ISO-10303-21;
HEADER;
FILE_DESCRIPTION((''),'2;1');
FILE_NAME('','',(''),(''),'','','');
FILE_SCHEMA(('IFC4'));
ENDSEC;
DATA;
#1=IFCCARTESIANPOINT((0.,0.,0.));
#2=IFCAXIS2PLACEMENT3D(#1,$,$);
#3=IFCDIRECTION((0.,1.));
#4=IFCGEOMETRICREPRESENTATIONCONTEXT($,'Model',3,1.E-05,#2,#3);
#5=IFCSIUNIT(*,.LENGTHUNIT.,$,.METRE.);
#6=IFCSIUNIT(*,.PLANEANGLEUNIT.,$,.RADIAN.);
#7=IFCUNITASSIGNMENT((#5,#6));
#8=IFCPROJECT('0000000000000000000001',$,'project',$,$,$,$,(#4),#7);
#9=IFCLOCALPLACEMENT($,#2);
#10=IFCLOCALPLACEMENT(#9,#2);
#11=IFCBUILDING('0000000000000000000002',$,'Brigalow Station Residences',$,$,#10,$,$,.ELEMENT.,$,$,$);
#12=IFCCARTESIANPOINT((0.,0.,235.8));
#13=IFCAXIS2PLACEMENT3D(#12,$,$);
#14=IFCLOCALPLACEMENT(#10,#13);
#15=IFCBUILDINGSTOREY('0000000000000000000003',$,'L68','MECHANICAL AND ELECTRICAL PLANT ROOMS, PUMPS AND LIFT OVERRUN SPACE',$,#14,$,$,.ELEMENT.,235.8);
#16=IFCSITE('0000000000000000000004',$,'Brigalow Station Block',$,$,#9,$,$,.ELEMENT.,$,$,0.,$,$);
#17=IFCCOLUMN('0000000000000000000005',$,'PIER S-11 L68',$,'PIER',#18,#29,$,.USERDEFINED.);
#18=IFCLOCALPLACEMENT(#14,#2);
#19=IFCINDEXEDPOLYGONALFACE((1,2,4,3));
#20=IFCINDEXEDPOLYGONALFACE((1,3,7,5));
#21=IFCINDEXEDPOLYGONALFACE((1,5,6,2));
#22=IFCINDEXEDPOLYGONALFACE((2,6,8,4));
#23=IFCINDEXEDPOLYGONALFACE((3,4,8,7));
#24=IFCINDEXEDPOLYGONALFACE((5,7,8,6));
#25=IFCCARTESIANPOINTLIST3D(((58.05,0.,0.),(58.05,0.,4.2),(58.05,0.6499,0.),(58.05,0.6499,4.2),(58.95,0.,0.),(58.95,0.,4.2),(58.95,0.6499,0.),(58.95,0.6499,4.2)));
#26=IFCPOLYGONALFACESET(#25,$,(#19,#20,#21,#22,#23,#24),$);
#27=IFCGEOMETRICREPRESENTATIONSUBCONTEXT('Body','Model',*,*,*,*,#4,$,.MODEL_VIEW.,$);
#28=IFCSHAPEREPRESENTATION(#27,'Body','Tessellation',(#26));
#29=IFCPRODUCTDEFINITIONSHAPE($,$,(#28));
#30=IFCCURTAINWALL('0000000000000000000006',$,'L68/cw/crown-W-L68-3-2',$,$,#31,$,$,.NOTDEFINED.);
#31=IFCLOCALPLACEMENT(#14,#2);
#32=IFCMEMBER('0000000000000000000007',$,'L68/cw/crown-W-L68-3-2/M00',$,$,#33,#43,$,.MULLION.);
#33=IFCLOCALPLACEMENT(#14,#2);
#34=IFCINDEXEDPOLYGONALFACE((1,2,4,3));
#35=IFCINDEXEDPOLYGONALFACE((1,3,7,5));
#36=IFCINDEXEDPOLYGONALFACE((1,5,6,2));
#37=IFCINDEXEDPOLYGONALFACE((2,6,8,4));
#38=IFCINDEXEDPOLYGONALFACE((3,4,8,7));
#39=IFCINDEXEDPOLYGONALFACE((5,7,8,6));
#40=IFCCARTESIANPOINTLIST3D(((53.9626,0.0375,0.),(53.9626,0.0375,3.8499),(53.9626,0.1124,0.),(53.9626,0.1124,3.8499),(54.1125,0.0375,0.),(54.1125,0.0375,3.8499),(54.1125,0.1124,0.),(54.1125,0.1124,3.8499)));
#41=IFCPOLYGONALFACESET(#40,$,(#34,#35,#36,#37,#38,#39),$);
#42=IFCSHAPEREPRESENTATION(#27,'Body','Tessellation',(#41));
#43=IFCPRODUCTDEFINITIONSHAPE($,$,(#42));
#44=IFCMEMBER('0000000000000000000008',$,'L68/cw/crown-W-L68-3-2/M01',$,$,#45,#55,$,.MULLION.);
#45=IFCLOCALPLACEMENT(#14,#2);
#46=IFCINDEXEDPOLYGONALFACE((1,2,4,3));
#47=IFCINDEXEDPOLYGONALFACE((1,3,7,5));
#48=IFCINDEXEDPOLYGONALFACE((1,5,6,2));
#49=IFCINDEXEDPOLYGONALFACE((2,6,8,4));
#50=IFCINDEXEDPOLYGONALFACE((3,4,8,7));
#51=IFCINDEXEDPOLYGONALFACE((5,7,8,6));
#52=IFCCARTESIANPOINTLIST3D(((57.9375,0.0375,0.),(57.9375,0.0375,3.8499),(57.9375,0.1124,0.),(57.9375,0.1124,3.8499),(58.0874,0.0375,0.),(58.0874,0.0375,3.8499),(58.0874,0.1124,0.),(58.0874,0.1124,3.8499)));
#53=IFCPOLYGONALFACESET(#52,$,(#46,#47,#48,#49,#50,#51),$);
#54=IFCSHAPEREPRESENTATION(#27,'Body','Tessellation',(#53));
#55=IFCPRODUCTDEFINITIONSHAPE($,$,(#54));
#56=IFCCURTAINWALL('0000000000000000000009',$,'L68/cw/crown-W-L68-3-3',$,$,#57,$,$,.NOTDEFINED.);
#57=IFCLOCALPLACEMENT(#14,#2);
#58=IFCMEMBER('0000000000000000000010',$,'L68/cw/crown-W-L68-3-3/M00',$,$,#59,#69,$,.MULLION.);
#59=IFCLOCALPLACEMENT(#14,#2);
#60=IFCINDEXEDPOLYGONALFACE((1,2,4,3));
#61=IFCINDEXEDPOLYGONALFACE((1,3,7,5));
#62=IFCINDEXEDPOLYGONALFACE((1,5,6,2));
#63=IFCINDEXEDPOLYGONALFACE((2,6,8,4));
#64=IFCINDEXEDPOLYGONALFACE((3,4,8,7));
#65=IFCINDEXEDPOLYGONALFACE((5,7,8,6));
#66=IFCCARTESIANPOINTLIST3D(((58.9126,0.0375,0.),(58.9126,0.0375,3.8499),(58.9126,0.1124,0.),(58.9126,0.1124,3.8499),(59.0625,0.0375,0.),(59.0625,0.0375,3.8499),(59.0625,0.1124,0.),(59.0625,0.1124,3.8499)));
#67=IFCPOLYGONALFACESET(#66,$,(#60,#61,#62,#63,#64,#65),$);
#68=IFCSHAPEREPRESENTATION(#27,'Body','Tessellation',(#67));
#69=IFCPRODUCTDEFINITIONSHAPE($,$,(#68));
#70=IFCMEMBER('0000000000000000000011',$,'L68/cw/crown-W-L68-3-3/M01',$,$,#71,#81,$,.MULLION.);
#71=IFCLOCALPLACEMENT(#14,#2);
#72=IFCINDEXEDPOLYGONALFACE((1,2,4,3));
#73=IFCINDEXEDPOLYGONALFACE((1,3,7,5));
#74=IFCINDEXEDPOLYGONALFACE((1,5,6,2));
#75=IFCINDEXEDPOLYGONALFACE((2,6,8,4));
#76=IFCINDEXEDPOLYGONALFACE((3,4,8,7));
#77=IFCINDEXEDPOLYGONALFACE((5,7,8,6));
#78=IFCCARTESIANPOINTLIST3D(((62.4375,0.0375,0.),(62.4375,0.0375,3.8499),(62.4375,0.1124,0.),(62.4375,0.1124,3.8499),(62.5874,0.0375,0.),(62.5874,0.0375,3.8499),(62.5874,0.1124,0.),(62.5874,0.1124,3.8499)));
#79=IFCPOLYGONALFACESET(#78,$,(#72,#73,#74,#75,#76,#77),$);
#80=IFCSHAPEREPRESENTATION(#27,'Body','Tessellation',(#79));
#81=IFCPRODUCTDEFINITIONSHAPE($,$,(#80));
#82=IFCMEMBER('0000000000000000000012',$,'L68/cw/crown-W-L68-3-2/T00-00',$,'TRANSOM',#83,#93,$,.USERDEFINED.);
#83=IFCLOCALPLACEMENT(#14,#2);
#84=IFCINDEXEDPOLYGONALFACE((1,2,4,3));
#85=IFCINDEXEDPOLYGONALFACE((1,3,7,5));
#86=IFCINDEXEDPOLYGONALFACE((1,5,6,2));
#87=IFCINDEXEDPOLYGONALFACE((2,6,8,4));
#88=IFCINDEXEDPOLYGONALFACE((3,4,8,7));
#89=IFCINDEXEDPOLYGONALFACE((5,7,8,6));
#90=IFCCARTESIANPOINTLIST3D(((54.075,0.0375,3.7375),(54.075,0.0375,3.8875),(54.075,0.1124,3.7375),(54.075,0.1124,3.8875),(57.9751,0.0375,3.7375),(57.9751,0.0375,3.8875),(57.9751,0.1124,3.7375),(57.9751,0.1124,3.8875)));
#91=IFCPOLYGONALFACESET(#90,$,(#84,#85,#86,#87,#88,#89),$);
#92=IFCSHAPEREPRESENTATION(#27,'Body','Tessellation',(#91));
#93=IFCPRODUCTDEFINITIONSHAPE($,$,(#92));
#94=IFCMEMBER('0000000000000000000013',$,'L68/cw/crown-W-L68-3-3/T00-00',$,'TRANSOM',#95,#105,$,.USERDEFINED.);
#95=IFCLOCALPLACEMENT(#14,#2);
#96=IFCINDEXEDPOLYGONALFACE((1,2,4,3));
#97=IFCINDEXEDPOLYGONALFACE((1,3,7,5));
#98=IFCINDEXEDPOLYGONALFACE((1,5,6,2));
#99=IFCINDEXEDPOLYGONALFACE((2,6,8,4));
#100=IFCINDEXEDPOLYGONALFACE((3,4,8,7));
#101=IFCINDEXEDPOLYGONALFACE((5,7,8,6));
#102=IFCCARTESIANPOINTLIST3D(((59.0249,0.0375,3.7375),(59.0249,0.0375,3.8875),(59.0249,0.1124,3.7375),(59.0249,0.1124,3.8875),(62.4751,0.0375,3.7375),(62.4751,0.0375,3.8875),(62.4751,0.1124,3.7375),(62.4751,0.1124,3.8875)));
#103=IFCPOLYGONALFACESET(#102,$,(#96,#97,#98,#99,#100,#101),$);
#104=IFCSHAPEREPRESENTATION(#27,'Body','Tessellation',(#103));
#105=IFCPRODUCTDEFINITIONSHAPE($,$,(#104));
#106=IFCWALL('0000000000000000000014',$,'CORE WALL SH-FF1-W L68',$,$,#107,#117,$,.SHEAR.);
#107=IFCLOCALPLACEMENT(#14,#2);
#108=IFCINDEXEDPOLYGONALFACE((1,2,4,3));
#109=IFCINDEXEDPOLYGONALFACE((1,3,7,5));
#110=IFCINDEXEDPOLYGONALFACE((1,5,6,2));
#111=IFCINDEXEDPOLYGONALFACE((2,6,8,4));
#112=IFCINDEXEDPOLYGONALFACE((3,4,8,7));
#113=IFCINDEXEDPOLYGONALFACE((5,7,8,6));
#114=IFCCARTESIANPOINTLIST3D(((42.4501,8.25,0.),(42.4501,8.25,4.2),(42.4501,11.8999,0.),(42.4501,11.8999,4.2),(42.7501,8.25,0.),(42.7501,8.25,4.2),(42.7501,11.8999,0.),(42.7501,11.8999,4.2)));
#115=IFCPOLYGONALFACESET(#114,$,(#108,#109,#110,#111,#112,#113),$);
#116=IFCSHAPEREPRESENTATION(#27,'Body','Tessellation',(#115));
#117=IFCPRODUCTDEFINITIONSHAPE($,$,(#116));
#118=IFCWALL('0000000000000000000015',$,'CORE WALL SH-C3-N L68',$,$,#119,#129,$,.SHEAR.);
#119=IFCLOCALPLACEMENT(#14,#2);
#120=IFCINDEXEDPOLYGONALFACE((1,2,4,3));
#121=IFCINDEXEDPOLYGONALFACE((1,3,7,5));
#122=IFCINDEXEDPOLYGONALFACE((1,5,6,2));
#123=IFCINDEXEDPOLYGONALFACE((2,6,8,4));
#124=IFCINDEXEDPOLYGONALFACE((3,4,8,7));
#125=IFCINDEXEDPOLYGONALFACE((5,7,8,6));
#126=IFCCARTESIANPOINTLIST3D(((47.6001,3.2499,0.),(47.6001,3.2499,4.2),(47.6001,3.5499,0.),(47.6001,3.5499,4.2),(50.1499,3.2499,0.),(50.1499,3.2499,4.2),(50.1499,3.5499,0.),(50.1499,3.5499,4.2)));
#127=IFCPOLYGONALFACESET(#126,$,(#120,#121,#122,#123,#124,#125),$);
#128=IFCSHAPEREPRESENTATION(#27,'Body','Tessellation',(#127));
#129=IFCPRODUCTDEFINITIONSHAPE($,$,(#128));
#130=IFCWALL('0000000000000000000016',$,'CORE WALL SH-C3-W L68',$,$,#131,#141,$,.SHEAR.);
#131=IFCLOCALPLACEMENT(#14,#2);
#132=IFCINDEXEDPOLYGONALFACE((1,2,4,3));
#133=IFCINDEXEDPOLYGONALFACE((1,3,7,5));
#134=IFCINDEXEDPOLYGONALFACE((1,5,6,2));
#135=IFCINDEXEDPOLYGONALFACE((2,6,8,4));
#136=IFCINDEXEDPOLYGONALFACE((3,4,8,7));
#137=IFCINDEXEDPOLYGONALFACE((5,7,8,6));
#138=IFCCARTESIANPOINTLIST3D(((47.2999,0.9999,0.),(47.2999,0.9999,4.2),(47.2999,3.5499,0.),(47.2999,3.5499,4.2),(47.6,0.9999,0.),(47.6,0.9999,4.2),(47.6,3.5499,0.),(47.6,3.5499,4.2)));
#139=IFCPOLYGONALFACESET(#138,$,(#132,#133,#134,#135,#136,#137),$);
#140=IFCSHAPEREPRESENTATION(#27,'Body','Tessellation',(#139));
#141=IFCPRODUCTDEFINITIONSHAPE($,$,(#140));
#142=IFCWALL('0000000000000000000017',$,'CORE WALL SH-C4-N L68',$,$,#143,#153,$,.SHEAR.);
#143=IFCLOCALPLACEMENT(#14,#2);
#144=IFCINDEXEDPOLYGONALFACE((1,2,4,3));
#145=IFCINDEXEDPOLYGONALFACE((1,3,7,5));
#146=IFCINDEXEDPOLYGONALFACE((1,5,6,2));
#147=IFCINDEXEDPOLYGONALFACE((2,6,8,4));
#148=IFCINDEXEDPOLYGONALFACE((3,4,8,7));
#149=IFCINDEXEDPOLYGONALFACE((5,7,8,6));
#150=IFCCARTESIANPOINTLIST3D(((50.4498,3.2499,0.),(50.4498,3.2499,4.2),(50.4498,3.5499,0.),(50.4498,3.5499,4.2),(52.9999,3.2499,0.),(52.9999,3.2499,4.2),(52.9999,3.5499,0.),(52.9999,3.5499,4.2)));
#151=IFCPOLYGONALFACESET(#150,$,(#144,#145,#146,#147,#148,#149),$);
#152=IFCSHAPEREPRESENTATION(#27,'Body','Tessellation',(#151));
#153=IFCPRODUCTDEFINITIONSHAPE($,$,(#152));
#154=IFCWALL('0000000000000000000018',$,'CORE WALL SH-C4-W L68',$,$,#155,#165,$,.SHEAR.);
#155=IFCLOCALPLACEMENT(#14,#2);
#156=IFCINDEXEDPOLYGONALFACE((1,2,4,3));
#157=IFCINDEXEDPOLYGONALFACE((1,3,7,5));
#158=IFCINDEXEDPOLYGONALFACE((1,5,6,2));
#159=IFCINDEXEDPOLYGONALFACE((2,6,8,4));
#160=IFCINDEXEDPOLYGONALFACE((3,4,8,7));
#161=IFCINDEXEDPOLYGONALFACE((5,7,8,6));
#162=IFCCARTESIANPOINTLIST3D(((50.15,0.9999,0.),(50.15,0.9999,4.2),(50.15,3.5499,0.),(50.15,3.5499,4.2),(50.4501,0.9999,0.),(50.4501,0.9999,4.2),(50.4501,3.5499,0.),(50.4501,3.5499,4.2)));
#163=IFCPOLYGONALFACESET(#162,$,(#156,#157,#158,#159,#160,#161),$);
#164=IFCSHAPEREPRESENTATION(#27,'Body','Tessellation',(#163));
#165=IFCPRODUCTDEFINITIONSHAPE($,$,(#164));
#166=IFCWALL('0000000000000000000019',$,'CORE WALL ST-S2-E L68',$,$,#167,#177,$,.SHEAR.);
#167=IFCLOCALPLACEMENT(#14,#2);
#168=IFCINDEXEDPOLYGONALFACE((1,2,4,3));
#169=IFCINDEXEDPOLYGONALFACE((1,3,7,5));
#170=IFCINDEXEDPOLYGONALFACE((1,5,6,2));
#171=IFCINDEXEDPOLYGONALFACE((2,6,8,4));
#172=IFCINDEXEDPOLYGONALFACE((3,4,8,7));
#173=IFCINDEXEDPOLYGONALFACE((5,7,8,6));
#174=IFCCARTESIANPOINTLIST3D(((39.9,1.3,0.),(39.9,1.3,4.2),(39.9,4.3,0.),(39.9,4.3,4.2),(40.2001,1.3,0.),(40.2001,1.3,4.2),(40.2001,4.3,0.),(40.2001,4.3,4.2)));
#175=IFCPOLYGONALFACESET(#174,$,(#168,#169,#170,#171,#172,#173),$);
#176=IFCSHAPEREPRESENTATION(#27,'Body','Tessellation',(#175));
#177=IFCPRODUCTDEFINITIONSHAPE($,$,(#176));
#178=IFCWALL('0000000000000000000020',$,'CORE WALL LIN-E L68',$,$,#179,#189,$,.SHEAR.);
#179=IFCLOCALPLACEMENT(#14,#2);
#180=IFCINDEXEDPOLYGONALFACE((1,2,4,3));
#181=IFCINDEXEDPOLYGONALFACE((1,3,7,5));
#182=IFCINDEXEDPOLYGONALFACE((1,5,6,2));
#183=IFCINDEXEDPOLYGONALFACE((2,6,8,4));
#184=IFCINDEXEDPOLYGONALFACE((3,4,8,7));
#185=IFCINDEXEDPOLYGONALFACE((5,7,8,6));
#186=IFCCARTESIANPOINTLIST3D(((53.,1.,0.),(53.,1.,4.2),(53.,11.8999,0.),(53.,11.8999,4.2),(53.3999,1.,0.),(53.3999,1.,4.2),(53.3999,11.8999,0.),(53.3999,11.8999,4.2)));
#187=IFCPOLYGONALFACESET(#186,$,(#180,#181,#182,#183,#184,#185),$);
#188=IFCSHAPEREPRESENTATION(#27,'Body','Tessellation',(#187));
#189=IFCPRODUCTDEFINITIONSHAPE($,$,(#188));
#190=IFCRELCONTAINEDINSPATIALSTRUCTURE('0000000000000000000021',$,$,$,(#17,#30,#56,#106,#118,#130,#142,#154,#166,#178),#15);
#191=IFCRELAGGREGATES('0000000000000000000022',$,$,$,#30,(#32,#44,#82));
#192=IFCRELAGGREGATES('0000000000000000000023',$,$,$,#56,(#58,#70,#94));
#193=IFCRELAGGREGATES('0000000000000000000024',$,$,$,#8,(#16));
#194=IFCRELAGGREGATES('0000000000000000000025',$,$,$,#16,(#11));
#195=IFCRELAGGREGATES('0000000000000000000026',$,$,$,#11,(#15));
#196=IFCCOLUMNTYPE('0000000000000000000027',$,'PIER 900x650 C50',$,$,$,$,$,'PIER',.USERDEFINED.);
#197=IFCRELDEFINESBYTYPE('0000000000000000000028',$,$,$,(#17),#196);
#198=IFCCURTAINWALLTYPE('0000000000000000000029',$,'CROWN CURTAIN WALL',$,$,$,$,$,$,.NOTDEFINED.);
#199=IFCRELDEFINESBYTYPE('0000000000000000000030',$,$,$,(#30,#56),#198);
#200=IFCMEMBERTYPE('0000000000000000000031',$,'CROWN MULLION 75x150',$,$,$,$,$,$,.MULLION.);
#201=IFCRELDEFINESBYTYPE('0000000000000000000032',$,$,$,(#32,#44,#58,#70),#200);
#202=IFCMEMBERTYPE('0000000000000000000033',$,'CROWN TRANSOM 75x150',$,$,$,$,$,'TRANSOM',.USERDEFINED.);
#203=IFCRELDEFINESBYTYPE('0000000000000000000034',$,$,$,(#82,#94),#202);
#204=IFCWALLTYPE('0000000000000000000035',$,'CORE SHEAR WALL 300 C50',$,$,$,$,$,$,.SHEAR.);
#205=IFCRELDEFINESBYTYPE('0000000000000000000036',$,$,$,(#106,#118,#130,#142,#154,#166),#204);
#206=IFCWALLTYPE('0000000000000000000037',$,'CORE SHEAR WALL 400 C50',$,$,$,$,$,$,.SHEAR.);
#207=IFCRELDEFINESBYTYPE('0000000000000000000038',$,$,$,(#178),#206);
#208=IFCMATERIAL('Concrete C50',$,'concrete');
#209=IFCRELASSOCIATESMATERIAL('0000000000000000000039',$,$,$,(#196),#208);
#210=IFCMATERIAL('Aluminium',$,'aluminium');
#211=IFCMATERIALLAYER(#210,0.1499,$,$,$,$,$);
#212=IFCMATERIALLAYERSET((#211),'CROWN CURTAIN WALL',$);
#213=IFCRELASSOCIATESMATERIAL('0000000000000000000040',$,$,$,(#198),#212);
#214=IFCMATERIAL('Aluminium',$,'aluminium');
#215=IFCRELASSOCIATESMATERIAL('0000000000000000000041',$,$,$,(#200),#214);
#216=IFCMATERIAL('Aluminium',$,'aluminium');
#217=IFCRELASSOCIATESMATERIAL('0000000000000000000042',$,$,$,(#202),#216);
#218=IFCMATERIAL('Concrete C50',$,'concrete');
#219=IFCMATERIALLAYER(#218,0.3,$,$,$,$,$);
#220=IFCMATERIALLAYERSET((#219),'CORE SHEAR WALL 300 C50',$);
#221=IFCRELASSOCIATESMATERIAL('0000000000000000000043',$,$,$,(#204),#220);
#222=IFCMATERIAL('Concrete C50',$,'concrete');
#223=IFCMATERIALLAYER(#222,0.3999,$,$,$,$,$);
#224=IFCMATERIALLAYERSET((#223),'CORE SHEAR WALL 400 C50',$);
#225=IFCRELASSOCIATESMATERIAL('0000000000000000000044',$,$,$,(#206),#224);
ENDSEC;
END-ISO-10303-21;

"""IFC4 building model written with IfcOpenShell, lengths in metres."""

from ifc_helpers import new_model, si_unit, direction, frame, frame_2d, origin, origin_2d, place, context, subcontext, project, spatial, rectangle, extrude, material, layer, layer_set, material_profile, profile_set, type_object, element, aggregate, save


model = new_model("IFC4")

# Units and contexts
model_context = context("Model", 3, precision=1e-05, world=origin(), true_north=direction((0.0, 1.0)))
body_context = subcontext(model_context, "Body", "Model", "MODEL_VIEW")
ifc_project = project(units=[si_unit("LENGTHUNIT", "METRE"), si_unit("PLANEANGLEUNIT", "RADIAN")], contexts=[model_context])

# Site, building, storey
site_placement = place(None, origin())
site = spatial("IfcSite", under=ifc_project, at=site_placement, Name="Brigalow Station Block", CompositionType="ELEMENT", RefElevation=0.0)
building_placement = place(site_placement, origin())
building = spatial("IfcBuilding", under=site, at=building_placement, Name="Brigalow Station Residences", CompositionType="ELEMENT")
storey_placement = place(building_placement, frame((0.0, 0.0, 235.8)))
storey = spatial("IfcBuildingStorey", under=building, at=storey_placement, Name="L68", Description="MECHANICAL AND ELECTRICAL PLANT ROOMS, PUMPS AND LIFT OVERRUN SPACE", CompositionType="ELEMENT", Elevation=235.8)

# Column
ifc_material_1 = material(Name="Concrete C50", Category="concrete")
ifc_material_profile_1 = material_profile(ifc_material_1, rectangle(XDim=0.8999, YDim=0.6499, at=origin_2d()), Name="RC900x650")
ifc_profile_set_1 = profile_set([ifc_material_profile_1], Name="Concrete C50")
column_type = type_object("IfcColumnType", Name="PIER 900x650 C50", ElementType="PIER", PredefinedType="USERDEFINED", material=ifc_profile_set_1)
column_placement = place(storey_placement, frame((58.5, 0.325, 0.0), z_axis=(0.0, 0.0, 1.0), x_axis=(1.0, 0.0, 0.0)))
element("IfcColumn", 1, at=column_placement, inside=storey, type_object=column_type, Name="PIER S-11 L68", ObjectType="PIER", PredefinedType="USERDEFINED", context=body_context, shape_type="SweptSolid", body=[
    extrude(rectangle(XDim=0.8999, YDim=0.6499, at=origin_2d()), origin(), (0.0, 0.0, 1.0), 4.2),
])

# Curtain walls, members
ifc_material_2 = material(Name="Aluminium", Category="aluminium")
ifc_layer_1 = layer(ifc_material_2, 0.1499)
ifc_layer_set_1 = layer_set([ifc_layer_1], Name="CROWN CURTAIN WALL")
curtain_wall_type = type_object("IfcCurtainWallType", Name="CROWN CURTAIN WALL", PredefinedType="NOTDEFINED", material=ifc_layer_set_1)
curtain_wall_1_placement = place(storey_placement, origin())
curtain_wall_1 = element("IfcCurtainWall", 2, at=curtain_wall_1_placement, inside=storey, type_object=curtain_wall_type, Name="L68/cw/crown-W-L68-3-2", PredefinedType="NOTDEFINED")
ifc_material_3 = material(Name="Aluminium", Category="aluminium")
ifc_material_profile_2 = material_profile(ifc_material_3, rectangle(XDim=0.075, YDim=0.1499, at=origin_2d()), Name="CROWN MULLION 75x150")
ifc_profile_set_2 = profile_set([ifc_material_profile_2], Name="Aluminium")
member_type_1 = type_object("IfcMemberType", Name="CROWN MULLION 75x150", PredefinedType="MULLION", material=ifc_profile_set_2)
member_1_placement = place(storey_placement, frame((54.0376, 0.075, 0.0), z_axis=(0.0, 0.0, 1.0), x_axis=(0.0, 1.0, 0.0)))
member_1 = element("IfcMember", 3, at=member_1_placement, type_object=member_type_1, Name="L68/cw/crown-W-L68-3-2/M00", PredefinedType="MULLION", context=body_context, shape_type="SweptSolid", body=[
    extrude(rectangle(XDim=0.075, YDim=0.1499, at=origin_2d()), origin(), (0.0, 0.0, 1.0), 3.8499),
])
member_2_placement = place(storey_placement, frame((58.0125, 0.075, 0.0), z_axis=(0.0, 0.0, 1.0), x_axis=(0.0, 1.0, 0.0)))
member_2 = element("IfcMember", 4, at=member_2_placement, type_object=member_type_1, Name="L68/cw/crown-W-L68-3-2/M01", PredefinedType="MULLION", context=body_context, shape_type="SweptSolid", body=[
    extrude(rectangle(XDim=0.075, YDim=0.1499, at=origin_2d()), origin(), (0.0, 0.0, 1.0), 3.8499),
])
curtain_wall_2_placement = place(storey_placement, origin())
curtain_wall_2 = element("IfcCurtainWall", 5, at=curtain_wall_2_placement, inside=storey, type_object=curtain_wall_type, Name="L68/cw/crown-W-L68-3-3", PredefinedType="NOTDEFINED")
member_3_placement = place(storey_placement, frame((58.9875, 0.075, 0.0), z_axis=(0.0, 0.0, 1.0), x_axis=(0.0, 1.0, 0.0)))
member_3 = element("IfcMember", 6, at=member_3_placement, type_object=member_type_1, Name="L68/cw/crown-W-L68-3-3/M00", PredefinedType="MULLION", context=body_context, shape_type="SweptSolid", body=[
    extrude(rectangle(XDim=0.075, YDim=0.1499, at=origin_2d()), origin(), (0.0, 0.0, 1.0), 3.8499),
])
member_4_placement = place(storey_placement, frame((62.5125, 0.075, 0.0), z_axis=(0.0, 0.0, 1.0), x_axis=(0.0, 1.0, 0.0)))
member_4 = element("IfcMember", 7, at=member_4_placement, type_object=member_type_1, Name="L68/cw/crown-W-L68-3-3/M01", PredefinedType="MULLION", context=body_context, shape_type="SweptSolid", body=[
    extrude(rectangle(XDim=0.075, YDim=0.1499, at=origin_2d()), origin(), (0.0, 0.0, 1.0), 3.8499),
])

# Members
ifc_material_4 = material(Name="Aluminium", Category="aluminium")
ifc_material_profile_3 = material_profile(ifc_material_4, rectangle(XDim=0.075, YDim=0.1499, at=origin_2d()), Name="CROWN TRANSOM 75x150")
ifc_profile_set_3 = profile_set([ifc_material_profile_3], Name="Aluminium")
member_type_2 = type_object("IfcMemberType", Name="CROWN TRANSOM 75x150", ElementType="TRANSOM", PredefinedType="USERDEFINED", material=ifc_profile_set_3)
member_5_placement = place(storey_placement, frame((54.075, 0.075, 3.8125), z_axis=(1.0, 0.0, 0.0), x_axis=(0.0, 1.0, 0.0)))
member_5 = element("IfcMember", 8, at=member_5_placement, type_object=member_type_2, Name="L68/cw/crown-W-L68-3-2/T00-00", ObjectType="TRANSOM", PredefinedType="USERDEFINED", context=body_context, shape_type="SweptSolid", body=[
    extrude(rectangle(XDim=0.075, YDim=0.1499, at=origin_2d()), origin(), (0.0, 0.0, 1.0), 3.9001),
])
member_6_placement = place(storey_placement, frame((59.0249, 0.075, 3.8125), z_axis=(1.0, 0.0, 0.0), x_axis=(0.0, 1.0, 0.0)))
member_6 = element("IfcMember", 9, at=member_6_placement, type_object=member_type_2, Name="L68/cw/crown-W-L68-3-3/T00-00", ObjectType="TRANSOM", PredefinedType="USERDEFINED", context=body_context, shape_type="SweptSolid", body=[
    extrude(rectangle(XDim=0.075, YDim=0.1499, at=origin_2d()), origin(), (0.0, 0.0, 1.0), 3.4502),
])

# Walls
ifc_material_5 = material(Name="Concrete C50", Category="concrete")
ifc_layer_2 = layer(ifc_material_5, 0.3)
ifc_layer_set_2 = layer_set([ifc_layer_2], Name="CORE SHEAR WALL 300 C50")
wall_type_1 = type_object("IfcWallType", Name="CORE SHEAR WALL 300 C50", PredefinedType="SHEAR", material=ifc_layer_set_2)
wall_1_placement = place(storey_placement, frame((42.6001, 8.25, 0.0), z_axis=(0.0, 0.0, 1.0), x_axis=(0.0, 1.0, 0.0)))
element("IfcWall", 10, at=wall_1_placement, inside=storey, type_object=wall_type_1, Name="CORE WALL SH-FF1-W L68", PredefinedType="SHEAR", context=body_context, shape_type="SweptSolid", body=[
    extrude(rectangle(XDim=3.6499, YDim=0.3, at=frame_2d((1.825, 0.0))), origin(), (0.0, 0.0, 1.0), 4.2),
])
wall_2_placement = place(storey_placement, frame((47.6001, 3.3999, 0.0), z_axis=(0.0, 0.0, 1.0), x_axis=(1.0, 0.0, 0.0)))
element("IfcWall", 11, at=wall_2_placement, inside=storey, type_object=wall_type_1, Name="CORE WALL SH-C3-N L68", PredefinedType="SHEAR", context=body_context, shape_type="SweptSolid", body=[
    extrude(rectangle(XDim=2.5498, YDim=0.3, at=frame_2d((1.2749, 0.0))), origin(), (0.0, 0.0, 1.0), 4.2),
])
for number, where, z_axis, x_axis, name in (
    (12, (47.45, 1.0, 0.0), (0.0, 0.0, 1.0), (0.0, 1.0, 0.0), "CORE WALL SH-C3-W L68"),
    (13, (50.45, 3.3999, 0.0), (0.0, 0.0, 1.0), (1.0, 0.0, 0.0), "CORE WALL SH-C4-N L68"),
    (14, (50.3, 1.0, 0.0), (0.0, 0.0, 1.0), (0.0, 1.0, 0.0), "CORE WALL SH-C4-W L68"),
):
    element("IfcWall", number, at=place(storey_placement, frame(where, z_axis=z_axis, x_axis=x_axis)), inside=storey, type_object=wall_type_1, Name=name, PredefinedType="SHEAR", context=body_context, shape_type="SweptSolid", body=[
        extrude(rectangle(XDim=2.55, YDim=0.3, at=frame_2d((1.2749, 0.0))), origin(), (0.0, 0.0, 1.0), 4.2),
    ])
wall_3_placement = place(storey_placement, frame((40.05, 1.3, 0.0), z_axis=(0.0, 0.0, 1.0), x_axis=(0.0, 1.0, 0.0)))
element("IfcWall", 15, at=wall_3_placement, inside=storey, type_object=wall_type_1, Name="CORE WALL ST-S2-E L68", PredefinedType="SHEAR", context=body_context, shape_type="SweptSolid", body=[
    extrude(rectangle(XDim=3.0, YDim=0.3, at=frame_2d((1.5, 0.0))), origin(), (0.0, 0.0, 1.0), 4.2),
])
ifc_material_6 = material(Name="Concrete C50", Category="concrete")
ifc_layer_3 = layer(ifc_material_6, 0.3999)
ifc_layer_set_3 = layer_set([ifc_layer_3], Name="CORE SHEAR WALL 400 C50")
wall_type_2 = type_object("IfcWallType", Name="CORE SHEAR WALL 400 C50", PredefinedType="SHEAR", material=ifc_layer_set_3)
wall_4_placement = place(storey_placement, frame((53.2, 1.0, 0.0), z_axis=(0.0, 0.0, 1.0), x_axis=(0.0, 1.0, 0.0)))
element("IfcWall", 16, at=wall_4_placement, inside=storey, type_object=wall_type_2, Name="CORE WALL LIN-E L68", PredefinedType="SHEAR", context=body_context, shape_type="SweptSolid", body=[
    extrude(rectangle(XDim=10.8999, YDim=0.3999, at=frame_2d((5.45, 0.0))), origin(), (0.0, 0.0, 1.0), 4.2),
])

aggregate(curtain_wall_1, [member_1, member_2, member_5])
aggregate(curtain_wall_2, [member_3, member_4, member_6])

save(model, "model.ifc")
